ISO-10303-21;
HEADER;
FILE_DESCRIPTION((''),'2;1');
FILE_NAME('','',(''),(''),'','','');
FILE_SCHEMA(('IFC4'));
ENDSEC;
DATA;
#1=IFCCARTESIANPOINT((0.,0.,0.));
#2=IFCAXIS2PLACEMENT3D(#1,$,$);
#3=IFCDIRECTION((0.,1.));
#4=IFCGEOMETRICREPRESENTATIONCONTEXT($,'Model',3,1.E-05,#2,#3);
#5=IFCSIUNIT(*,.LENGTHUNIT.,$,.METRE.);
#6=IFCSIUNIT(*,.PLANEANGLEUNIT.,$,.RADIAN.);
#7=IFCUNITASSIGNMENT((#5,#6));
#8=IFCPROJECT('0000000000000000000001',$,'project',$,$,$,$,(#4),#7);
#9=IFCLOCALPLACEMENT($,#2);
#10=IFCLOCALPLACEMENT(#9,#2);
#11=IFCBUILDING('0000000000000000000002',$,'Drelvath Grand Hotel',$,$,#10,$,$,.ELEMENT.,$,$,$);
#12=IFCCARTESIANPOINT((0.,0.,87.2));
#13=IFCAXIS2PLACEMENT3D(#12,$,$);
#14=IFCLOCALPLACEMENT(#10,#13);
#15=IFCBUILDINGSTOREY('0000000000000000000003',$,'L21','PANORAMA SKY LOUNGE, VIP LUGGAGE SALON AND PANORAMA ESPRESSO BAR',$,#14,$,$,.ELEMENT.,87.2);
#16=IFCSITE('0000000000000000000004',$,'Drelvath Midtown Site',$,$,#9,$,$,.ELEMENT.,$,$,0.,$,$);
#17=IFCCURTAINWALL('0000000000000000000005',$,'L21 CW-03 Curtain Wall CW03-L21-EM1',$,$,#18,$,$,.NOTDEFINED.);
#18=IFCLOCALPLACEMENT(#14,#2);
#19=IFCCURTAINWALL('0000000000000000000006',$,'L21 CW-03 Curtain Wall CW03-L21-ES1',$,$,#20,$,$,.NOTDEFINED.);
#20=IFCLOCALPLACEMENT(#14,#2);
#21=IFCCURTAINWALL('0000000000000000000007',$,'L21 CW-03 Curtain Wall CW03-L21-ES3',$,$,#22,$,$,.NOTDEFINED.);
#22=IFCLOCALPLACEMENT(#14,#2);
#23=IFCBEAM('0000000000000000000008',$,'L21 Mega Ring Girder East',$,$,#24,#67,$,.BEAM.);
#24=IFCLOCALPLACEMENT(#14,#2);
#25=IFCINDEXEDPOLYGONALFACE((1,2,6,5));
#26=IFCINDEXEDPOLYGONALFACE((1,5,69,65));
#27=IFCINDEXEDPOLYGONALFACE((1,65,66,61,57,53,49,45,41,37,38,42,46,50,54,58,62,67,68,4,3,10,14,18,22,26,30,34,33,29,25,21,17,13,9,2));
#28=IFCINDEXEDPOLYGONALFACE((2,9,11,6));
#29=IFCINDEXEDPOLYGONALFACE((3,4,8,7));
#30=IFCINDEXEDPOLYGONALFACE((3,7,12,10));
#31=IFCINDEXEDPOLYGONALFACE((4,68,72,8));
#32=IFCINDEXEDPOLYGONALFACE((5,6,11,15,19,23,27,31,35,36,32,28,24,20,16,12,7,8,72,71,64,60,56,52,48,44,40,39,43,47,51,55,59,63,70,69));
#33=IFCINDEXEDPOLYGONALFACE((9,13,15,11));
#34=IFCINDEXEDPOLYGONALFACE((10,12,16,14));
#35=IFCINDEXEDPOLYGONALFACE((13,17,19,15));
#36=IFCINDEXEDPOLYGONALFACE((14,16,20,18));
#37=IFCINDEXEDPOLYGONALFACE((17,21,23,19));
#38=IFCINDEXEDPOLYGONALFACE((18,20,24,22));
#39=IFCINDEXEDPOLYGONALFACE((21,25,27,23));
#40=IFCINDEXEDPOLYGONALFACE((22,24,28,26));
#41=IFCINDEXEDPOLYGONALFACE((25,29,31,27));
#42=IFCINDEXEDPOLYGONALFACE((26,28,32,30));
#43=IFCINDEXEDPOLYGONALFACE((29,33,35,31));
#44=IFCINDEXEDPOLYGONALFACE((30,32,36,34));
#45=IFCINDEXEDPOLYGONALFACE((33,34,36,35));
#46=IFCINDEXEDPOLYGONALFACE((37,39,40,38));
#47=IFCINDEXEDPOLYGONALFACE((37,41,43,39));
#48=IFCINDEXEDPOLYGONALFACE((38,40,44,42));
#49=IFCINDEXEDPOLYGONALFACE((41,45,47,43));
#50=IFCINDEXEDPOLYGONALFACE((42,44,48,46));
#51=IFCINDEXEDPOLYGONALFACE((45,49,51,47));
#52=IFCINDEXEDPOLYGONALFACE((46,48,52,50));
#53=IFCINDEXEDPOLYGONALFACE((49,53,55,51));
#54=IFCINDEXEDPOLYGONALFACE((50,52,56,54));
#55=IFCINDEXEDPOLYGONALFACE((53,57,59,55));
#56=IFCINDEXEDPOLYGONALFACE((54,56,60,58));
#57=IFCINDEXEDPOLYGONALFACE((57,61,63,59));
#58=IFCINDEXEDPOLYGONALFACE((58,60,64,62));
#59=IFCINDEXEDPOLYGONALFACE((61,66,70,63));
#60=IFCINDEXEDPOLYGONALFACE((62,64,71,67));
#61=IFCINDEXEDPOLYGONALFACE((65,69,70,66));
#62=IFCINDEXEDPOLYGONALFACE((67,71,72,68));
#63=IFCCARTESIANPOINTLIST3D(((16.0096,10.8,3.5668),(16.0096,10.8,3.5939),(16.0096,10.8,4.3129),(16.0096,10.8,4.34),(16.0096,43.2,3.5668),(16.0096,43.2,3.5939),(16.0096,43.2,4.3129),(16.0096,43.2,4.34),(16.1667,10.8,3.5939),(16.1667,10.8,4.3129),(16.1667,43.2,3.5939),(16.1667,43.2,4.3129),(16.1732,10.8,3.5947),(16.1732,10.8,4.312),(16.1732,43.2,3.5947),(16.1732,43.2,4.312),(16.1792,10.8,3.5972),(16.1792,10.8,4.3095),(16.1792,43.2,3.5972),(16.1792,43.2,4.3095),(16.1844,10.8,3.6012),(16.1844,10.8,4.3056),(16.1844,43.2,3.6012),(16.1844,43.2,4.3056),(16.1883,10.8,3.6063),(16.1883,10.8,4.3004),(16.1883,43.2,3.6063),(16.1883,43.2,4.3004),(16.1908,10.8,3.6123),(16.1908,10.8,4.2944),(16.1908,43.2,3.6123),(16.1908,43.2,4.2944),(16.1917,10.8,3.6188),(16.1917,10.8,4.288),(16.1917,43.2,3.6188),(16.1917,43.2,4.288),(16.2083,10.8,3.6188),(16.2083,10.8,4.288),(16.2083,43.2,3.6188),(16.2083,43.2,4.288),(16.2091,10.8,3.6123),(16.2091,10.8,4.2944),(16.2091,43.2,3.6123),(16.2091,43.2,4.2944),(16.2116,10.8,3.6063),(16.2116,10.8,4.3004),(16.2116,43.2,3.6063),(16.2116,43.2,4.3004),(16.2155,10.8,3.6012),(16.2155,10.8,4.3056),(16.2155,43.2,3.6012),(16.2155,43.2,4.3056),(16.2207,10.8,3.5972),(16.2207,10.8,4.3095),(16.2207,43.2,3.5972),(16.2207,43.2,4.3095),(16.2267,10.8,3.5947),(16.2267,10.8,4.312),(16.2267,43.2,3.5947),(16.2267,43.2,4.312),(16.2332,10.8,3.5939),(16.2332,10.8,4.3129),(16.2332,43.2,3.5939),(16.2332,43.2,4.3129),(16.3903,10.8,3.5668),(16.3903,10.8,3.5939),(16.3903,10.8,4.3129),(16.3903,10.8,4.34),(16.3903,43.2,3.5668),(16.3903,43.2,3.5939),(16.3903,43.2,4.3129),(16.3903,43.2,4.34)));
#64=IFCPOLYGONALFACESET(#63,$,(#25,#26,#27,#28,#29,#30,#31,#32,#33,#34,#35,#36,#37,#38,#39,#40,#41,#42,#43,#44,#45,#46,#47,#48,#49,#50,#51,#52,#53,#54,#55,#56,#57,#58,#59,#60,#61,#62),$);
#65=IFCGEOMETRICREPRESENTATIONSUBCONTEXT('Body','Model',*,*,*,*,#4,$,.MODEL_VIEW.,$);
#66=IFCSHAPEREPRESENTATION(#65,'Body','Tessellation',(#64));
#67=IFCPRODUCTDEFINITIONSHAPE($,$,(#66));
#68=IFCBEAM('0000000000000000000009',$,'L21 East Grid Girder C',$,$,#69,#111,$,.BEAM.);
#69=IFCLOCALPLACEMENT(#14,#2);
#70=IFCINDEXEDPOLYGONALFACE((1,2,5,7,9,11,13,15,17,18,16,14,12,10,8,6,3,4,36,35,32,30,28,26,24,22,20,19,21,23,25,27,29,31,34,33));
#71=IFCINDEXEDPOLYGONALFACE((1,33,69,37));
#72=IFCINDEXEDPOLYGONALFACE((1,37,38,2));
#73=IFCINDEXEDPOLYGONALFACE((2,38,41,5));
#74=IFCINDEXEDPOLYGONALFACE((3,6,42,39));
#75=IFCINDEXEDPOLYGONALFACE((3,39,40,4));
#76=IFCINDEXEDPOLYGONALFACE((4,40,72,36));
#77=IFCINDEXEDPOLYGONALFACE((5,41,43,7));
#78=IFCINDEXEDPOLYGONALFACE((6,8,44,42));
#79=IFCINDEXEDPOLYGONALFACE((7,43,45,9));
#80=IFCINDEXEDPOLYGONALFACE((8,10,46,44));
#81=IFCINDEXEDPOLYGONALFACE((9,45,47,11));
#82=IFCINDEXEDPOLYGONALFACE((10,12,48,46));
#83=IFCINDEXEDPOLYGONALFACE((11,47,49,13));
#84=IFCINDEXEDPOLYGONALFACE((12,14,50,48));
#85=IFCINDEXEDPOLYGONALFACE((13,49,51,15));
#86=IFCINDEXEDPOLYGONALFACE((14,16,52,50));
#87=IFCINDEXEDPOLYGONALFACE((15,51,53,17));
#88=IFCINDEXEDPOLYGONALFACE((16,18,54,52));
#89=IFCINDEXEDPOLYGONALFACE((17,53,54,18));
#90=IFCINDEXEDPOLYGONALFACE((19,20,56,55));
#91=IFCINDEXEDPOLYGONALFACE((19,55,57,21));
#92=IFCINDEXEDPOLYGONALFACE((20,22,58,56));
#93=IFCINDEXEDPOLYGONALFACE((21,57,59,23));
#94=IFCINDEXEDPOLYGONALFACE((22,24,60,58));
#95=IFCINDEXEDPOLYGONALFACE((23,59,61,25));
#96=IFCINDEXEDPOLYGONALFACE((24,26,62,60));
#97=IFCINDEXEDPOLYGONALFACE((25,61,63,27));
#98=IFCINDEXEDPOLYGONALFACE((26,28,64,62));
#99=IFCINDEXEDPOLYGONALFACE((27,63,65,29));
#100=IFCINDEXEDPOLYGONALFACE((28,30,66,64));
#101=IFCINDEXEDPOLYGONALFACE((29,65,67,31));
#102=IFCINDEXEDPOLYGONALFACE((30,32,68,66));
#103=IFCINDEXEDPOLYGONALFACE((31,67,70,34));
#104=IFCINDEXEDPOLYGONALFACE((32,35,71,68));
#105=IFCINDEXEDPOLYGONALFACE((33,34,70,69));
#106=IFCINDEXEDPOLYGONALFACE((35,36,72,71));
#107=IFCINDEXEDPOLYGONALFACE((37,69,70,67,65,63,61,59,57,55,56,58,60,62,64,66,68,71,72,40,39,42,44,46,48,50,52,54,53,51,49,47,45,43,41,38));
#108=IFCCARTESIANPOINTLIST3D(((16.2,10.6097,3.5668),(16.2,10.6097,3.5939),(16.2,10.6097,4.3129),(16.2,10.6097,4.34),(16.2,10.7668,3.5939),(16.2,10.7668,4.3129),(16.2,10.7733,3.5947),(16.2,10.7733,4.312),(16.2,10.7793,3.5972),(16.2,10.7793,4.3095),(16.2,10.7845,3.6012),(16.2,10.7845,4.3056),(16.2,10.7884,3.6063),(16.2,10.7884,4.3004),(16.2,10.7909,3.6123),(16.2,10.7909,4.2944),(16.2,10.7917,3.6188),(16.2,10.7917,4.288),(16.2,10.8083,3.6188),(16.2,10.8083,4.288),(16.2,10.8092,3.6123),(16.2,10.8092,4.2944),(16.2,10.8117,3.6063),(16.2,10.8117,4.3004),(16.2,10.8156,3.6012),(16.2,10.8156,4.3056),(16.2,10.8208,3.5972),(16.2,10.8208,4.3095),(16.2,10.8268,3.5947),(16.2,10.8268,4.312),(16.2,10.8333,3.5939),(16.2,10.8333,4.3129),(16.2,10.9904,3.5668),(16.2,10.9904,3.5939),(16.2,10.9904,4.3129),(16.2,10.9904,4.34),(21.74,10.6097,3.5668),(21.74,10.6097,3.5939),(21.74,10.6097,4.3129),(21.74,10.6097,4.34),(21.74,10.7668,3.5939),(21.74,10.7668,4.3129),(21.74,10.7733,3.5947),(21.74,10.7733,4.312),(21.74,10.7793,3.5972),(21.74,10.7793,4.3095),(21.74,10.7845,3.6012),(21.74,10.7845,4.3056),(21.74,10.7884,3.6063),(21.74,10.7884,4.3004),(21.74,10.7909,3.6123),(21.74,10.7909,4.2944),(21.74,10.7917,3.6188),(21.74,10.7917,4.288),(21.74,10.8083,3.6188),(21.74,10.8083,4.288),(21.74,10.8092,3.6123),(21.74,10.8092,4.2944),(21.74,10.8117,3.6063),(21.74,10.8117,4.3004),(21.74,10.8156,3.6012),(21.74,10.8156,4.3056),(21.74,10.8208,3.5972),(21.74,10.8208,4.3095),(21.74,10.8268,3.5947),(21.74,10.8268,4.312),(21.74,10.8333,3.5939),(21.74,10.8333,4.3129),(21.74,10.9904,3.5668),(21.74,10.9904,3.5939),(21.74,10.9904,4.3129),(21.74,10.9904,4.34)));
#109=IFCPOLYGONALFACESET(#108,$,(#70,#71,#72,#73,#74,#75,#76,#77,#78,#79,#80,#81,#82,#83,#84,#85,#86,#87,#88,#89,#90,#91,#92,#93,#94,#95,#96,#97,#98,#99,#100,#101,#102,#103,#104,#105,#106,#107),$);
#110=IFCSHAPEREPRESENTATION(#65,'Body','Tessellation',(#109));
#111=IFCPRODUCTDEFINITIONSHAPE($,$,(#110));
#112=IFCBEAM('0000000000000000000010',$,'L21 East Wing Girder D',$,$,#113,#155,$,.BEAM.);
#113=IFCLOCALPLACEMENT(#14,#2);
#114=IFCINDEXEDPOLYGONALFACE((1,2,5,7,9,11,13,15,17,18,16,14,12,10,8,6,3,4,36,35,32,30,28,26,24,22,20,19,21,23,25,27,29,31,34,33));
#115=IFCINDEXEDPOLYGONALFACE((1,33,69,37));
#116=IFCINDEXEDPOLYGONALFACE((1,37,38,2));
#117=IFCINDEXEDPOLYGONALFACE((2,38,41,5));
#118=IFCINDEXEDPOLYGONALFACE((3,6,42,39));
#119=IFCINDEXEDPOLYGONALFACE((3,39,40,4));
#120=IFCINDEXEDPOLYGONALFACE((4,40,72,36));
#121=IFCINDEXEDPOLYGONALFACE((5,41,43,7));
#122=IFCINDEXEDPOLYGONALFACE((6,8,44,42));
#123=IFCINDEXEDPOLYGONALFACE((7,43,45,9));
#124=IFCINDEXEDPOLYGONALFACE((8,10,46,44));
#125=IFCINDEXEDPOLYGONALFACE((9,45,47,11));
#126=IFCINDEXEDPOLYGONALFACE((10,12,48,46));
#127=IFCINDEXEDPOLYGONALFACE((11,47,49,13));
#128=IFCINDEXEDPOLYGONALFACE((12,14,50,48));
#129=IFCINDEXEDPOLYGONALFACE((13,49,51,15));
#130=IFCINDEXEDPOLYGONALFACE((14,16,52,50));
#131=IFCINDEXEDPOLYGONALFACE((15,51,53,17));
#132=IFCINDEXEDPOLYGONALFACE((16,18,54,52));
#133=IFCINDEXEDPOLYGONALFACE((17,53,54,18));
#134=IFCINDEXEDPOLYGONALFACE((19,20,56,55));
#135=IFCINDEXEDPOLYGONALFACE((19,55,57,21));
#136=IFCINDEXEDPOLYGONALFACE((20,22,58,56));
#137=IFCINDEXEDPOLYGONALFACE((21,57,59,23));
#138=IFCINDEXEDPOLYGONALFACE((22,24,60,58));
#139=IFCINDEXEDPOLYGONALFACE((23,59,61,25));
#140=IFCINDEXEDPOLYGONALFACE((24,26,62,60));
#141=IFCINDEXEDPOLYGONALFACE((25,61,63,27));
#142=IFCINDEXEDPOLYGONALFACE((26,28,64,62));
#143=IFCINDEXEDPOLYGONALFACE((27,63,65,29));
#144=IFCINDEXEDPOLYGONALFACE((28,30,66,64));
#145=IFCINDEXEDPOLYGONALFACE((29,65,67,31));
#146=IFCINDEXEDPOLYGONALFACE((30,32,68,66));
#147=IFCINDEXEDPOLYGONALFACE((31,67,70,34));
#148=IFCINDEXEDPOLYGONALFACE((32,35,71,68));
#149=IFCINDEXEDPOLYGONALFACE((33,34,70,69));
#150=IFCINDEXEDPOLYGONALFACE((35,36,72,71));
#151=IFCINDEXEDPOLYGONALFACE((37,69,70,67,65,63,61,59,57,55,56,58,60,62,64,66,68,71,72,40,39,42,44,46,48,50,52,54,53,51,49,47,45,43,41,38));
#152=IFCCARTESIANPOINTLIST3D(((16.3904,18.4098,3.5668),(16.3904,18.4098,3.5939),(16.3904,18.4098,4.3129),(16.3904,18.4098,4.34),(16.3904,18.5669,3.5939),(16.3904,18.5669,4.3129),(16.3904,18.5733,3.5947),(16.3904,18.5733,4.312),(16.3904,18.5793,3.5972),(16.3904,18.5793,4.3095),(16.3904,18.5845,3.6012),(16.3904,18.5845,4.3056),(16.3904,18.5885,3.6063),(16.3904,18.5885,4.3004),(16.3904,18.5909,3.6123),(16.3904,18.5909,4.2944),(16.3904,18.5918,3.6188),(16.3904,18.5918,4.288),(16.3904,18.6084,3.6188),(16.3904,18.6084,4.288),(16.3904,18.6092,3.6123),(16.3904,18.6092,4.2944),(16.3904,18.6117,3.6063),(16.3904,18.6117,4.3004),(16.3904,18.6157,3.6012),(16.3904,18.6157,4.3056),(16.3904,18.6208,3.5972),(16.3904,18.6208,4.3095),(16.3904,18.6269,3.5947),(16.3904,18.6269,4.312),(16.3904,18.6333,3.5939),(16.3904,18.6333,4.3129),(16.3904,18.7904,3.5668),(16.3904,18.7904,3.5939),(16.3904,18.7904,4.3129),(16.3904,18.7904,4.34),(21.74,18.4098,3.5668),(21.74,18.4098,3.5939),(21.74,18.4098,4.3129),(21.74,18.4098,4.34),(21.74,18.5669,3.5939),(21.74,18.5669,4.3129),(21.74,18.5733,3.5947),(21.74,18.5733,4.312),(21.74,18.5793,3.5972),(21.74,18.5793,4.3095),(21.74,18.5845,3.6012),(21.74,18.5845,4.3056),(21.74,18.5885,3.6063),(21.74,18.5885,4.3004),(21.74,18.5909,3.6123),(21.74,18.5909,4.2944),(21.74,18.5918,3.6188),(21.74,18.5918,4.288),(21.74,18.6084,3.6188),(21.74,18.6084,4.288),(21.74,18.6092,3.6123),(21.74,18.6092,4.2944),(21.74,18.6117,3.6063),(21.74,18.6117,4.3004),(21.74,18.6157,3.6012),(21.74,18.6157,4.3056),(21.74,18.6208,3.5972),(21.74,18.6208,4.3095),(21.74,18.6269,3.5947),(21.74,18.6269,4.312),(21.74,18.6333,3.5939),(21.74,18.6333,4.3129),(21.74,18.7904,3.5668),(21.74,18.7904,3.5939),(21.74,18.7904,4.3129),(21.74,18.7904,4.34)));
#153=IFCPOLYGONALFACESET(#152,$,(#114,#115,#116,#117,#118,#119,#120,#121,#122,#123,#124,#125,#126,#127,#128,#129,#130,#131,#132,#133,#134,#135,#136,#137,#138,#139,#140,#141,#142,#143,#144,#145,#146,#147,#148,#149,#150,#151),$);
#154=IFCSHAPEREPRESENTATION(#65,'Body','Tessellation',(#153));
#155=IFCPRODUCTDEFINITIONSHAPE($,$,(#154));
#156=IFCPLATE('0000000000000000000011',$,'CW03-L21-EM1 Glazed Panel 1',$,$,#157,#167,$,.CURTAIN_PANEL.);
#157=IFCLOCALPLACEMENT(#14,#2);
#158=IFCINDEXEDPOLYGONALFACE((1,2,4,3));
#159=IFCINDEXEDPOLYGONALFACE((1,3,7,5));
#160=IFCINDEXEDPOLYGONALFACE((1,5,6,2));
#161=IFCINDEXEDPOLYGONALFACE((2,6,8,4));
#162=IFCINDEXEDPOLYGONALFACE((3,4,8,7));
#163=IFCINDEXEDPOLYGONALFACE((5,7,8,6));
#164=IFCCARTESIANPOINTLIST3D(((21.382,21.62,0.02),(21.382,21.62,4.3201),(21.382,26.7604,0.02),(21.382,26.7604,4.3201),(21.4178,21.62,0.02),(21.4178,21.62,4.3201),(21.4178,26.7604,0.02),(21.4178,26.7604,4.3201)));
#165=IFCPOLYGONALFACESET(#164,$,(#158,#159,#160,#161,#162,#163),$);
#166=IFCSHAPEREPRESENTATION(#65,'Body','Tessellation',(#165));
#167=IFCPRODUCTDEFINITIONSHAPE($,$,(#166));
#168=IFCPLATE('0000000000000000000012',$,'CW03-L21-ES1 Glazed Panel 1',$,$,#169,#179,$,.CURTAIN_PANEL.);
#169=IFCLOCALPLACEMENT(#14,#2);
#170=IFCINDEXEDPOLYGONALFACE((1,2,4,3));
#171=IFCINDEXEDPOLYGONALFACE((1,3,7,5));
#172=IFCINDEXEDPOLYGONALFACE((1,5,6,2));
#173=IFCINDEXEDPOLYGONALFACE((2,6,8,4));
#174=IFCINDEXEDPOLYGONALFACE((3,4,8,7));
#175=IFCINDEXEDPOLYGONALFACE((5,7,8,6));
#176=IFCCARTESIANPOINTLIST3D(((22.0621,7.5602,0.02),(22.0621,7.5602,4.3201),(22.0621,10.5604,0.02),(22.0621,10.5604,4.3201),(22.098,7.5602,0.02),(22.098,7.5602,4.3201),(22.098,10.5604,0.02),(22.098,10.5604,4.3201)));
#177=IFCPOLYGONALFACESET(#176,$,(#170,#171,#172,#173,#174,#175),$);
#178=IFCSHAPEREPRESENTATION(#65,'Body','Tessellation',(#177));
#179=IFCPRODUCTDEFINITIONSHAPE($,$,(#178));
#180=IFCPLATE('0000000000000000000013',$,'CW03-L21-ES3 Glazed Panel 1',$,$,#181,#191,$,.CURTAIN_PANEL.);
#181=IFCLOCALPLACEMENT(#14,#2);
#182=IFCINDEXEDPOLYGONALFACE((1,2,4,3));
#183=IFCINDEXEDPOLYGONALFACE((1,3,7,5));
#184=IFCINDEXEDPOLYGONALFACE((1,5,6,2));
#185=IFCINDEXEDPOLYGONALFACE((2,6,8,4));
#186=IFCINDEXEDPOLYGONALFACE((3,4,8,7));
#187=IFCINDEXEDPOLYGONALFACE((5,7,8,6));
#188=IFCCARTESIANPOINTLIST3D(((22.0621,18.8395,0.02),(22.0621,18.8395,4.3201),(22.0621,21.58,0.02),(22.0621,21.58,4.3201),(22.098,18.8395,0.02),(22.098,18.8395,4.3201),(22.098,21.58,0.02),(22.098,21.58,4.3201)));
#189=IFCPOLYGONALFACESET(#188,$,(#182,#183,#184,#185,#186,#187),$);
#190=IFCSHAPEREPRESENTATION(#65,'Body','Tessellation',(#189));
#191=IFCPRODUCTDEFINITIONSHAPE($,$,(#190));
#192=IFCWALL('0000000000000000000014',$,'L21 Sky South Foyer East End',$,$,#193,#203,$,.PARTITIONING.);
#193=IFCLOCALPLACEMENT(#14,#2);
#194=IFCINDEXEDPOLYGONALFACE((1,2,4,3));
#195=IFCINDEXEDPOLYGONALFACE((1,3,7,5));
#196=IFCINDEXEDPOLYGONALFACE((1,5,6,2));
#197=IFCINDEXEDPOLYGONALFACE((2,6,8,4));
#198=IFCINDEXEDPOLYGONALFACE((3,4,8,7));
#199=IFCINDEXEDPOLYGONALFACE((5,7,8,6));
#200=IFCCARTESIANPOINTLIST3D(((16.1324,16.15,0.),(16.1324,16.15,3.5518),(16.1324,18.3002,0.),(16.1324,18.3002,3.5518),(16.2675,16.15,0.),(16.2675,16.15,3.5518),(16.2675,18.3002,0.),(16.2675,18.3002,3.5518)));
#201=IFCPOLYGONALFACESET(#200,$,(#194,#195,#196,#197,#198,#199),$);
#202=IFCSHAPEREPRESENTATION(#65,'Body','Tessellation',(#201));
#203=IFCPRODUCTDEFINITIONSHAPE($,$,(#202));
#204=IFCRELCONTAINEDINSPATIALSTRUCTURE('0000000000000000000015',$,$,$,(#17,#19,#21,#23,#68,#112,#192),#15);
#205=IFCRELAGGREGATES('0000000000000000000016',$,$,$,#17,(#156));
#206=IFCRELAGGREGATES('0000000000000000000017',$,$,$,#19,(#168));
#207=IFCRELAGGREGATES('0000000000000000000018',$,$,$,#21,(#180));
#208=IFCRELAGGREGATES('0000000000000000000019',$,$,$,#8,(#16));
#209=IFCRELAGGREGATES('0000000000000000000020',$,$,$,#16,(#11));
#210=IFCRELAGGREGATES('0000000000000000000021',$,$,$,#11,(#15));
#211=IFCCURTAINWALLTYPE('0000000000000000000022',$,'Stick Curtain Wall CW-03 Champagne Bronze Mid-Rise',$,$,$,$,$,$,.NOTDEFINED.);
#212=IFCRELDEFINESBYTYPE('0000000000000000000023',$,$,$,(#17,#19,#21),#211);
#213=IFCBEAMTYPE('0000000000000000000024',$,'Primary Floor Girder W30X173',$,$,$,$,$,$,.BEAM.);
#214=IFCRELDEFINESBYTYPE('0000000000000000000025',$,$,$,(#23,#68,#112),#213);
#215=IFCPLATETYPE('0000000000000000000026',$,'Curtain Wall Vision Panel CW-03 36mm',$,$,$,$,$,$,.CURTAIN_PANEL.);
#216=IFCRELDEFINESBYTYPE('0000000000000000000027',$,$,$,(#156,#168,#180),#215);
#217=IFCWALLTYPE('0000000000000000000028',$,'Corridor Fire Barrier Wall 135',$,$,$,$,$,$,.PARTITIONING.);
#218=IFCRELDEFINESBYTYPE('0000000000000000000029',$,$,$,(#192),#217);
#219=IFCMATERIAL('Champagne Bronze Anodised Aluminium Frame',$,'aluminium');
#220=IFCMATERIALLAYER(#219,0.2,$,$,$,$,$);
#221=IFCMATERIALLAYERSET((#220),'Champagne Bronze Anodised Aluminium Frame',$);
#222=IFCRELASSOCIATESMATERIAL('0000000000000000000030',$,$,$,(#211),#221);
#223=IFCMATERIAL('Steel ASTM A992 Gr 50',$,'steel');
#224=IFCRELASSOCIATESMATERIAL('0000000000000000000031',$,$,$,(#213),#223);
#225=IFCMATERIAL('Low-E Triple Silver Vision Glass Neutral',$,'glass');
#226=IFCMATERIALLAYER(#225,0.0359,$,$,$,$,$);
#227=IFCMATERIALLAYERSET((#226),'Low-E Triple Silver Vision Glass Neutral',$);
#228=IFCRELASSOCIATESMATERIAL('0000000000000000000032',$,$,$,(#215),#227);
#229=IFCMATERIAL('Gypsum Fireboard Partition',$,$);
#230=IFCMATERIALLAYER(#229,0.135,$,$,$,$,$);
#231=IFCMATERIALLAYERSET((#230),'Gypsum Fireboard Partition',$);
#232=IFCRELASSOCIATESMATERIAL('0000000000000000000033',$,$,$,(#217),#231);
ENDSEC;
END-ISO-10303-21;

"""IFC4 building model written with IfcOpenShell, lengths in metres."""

from ifc_helpers import new_model, si_unit, direction, frame, frame_2d, origin, origin_2d, place, context, subcontext, project, spatial, rectangle, i_section, extrude, material, layer, layer_set, material_profile, profile_set, type_object, element, aggregate, save


model = new_model("IFC4")

# Units and contexts
model_context = context("Model", 3, precision=1e-05, world=origin(), true_north=direction((0.0, 1.0)))
body_context = subcontext(model_context, "Body", "Model", "MODEL_VIEW")
ifc_project = project(units=[si_unit("LENGTHUNIT", "METRE"), si_unit("PLANEANGLEUNIT", "RADIAN")], contexts=[model_context])

# Site, building, storey
site_placement = place(None, origin())
site = spatial("IfcSite", under=ifc_project, at=site_placement, Name="Drelvath Midtown Site", CompositionType="ELEMENT", RefElevation=0.0)
building_placement = place(site_placement, origin())
building = spatial("IfcBuilding", under=site, at=building_placement, Name="Drelvath Grand Hotel", CompositionType="ELEMENT")
storey_placement = place(building_placement, frame((0.0, 0.0, 87.2)))
storey = spatial("IfcBuildingStorey", under=building, at=storey_placement, Name="L21", Description="PANORAMA SKY LOUNGE, VIP LUGGAGE SALON AND PANORAMA ESPRESSO BAR", CompositionType="ELEMENT", Elevation=87.2)

# Curtain walls
ifc_material_1 = material(Name="Champagne Bronze Anodised Aluminium Frame", Category="aluminium")
ifc_layer_1 = layer(ifc_material_1, 0.2)
ifc_layer_set_1 = layer_set([ifc_layer_1], Name="Champagne Bronze Anodised Aluminium Frame")
curtain_wall_type = type_object("IfcCurtainWallType", Name="Stick Curtain Wall CW-03 Champagne Bronze Mid-Rise", PredefinedType="NOTDEFINED", material=ifc_layer_set_1)
curtain_wall_1_placement = place(storey_placement, origin())
curtain_wall_1 = element("IfcCurtainWall", 1, at=curtain_wall_1_placement, inside=storey, type_object=curtain_wall_type, Name="L21 CW-03 Curtain Wall CW03-L21-EM1", PredefinedType="NOTDEFINED")
curtain_wall_2_placement = place(storey_placement, origin())
curtain_wall_2 = element("IfcCurtainWall", 2, at=curtain_wall_2_placement, inside=storey, type_object=curtain_wall_type, Name="L21 CW-03 Curtain Wall CW03-L21-ES1", PredefinedType="NOTDEFINED")
curtain_wall_3_placement = place(storey_placement, origin())
curtain_wall_3 = element("IfcCurtainWall", 3, at=curtain_wall_3_placement, inside=storey, type_object=curtain_wall_type, Name="L21 CW-03 Curtain Wall CW03-L21-ES3", PredefinedType="NOTDEFINED")

# Beams
ifc_material_2 = material(Name="Steel ASTM A992 Gr 50", Category="steel")
ifc_material_profile_1 = material_profile(ifc_material_2, i_section(OverallWidth=0.3806, OverallDepth=0.7732, WebThickness=0.0166, FlangeThickness=0.0271, FilletRadius=0.0249, at=origin_2d()), Name="W30X173")
ifc_profile_set_1 = profile_set([ifc_material_profile_1], Name="Steel ASTM A992 Gr 50")
beam_type_1 = type_object("IfcBeamType", Name="Primary Floor Girder W30X173", PredefinedType="BEAM", material=ifc_profile_set_1)
beam_1_placement = place(storey_placement, frame((16.2, 10.8, 3.9534), z_axis=(0.0, 1.0, 0.0), x_axis=(-1.0, 0.0, 0.0)))
element("IfcBeam", 4, at=beam_1_placement, inside=storey, type_object=beam_type_1, Name="L21 Mega Ring Girder East", PredefinedType="BEAM", context=body_context, shape_type="SweptSolid", body=[
    extrude(i_section(OverallWidth=0.3806, OverallDepth=0.7732, WebThickness=0.0166, FlangeThickness=0.0271, FilletRadius=0.0249, at=origin_2d()), origin(), (0.0, 0.0, 1.0), 32.3999),
])
beam_2_placement = place(storey_placement, frame((16.2, 10.8, 3.9534), z_axis=(1.0, 0.0, 0.0), x_axis=(0.0, 1.0, 0.0)))
element("IfcBeam", 5, at=beam_2_placement, inside=storey, type_object=beam_type_1, Name="L21 East Grid Girder C", PredefinedType="BEAM", context=body_context, shape_type="SweptSolid", body=[
    extrude(i_section(OverallWidth=0.3806, OverallDepth=0.7732, WebThickness=0.0166, FlangeThickness=0.0271, FilletRadius=0.0249, at=origin_2d()), origin(), (0.0, 0.0, 1.0), 5.54),
])
beam_3_placement = place(storey_placement, frame((16.3904, 18.6001, 3.9534), z_axis=(1.0, 0.0, 0.0), x_axis=(0.0, 1.0, 0.0)))
element("IfcBeam", 6, at=beam_3_placement, inside=storey, type_object=beam_type_1, Name="L21 East Wing Girder D", PredefinedType="BEAM", context=body_context, shape_type="SweptSolid", body=[
    extrude(i_section(OverallWidth=0.3806, OverallDepth=0.7732, WebThickness=0.0166, FlangeThickness=0.0271, FilletRadius=0.0249, at=origin_2d()), origin(), (0.0, 0.0, 1.0), 5.3496),
])

# Plates
ifc_material_3 = material(Name="Low-E Triple Silver Vision Glass Neutral", Category="glass")
ifc_layer_2 = layer(ifc_material_3, 0.0359)
ifc_layer_set_2 = layer_set([ifc_layer_2], Name="Low-E Triple Silver Vision Glass Neutral")
plate_type = type_object("IfcPlateType", Name="Curtain Wall Vision Panel CW-03 36mm", PredefinedType="CURTAIN_PANEL", material=ifc_layer_set_2)
plate_1_placement = place(storey_placement, frame((21.3999, 24.1902, 0.02), z_axis=(0.0, 0.0, 1.0), x_axis=(0.0, -1.0, 0.0)))
plate_1 = element("IfcPlate", 7, at=plate_1_placement, type_object=plate_type, Name="CW03-L21-EM1 Glazed Panel 1", PredefinedType="CURTAIN_PANEL", context=body_context, shape_type="SweptSolid", body=[
    extrude(rectangle(XDim=5.1404, YDim=0.0359, at=origin_2d()), origin(), (0.0, 0.0, 1.0), 4.3),
])
aggregate(curtain_wall_1, [plate_1])
plate_2_placement = place(storey_placement, frame((22.0801, 9.0603, 0.02), z_axis=(0.0, 0.0, 1.0), x_axis=(0.0, -1.0, 0.0)))
plate_2 = element("IfcPlate", 8, at=plate_2_placement, type_object=plate_type, Name="CW03-L21-ES1 Glazed Panel 1", PredefinedType="CURTAIN_PANEL", context=body_context, shape_type="SweptSolid", body=[
    extrude(rectangle(XDim=3.0002, YDim=0.0359, at=origin_2d()), origin(), (0.0, 0.0, 1.0), 4.3),
])
aggregate(curtain_wall_2, [plate_2])
plate_3_placement = place(storey_placement, frame((22.0801, 20.2097, 0.02), z_axis=(0.0, 0.0, 1.0), x_axis=(0.0, -1.0, 0.0)))
plate_3 = element("IfcPlate", 9, at=plate_3_placement, type_object=plate_type, Name="CW03-L21-ES3 Glazed Panel 1", PredefinedType="CURTAIN_PANEL", context=body_context, shape_type="SweptSolid", body=[
    extrude(rectangle(XDim=2.7405, YDim=0.0359, at=origin_2d()), origin(), (0.0, 0.0, 1.0), 4.3),
])
aggregate(curtain_wall_3, [plate_3])

# Wall
ifc_material_4 = material(Name="Gypsum Fireboard Partition")
ifc_layer_3 = layer(ifc_material_4, 0.135)
ifc_layer_set_3 = layer_set([ifc_layer_3], Name="Gypsum Fireboard Partition")
wall_type_1 = type_object("IfcWallType", Name="Corridor Fire Barrier Wall 135", PredefinedType="PARTITIONING", material=ifc_layer_set_3)
wall_1_placement = place(storey_placement, frame((16.2, 16.1499, 0.0), z_axis=(0.0, 0.0, 1.0), x_axis=(0.0, 1.0, 0.0)))
element("IfcWall", 10, at=wall_1_placement, inside=storey, type_object=wall_type_1, Name="L21 Sky South Foyer East End", PredefinedType="PARTITIONING", context=body_context, shape_type="SweptSolid", body=[
    extrude(rectangle(XDim=2.1501, YDim=0.135, at=frame_2d((1.0752, 0.0))), origin(), (0.0, 0.0, 1.0), 3.5518),
])

save(model, "model.ifc")
